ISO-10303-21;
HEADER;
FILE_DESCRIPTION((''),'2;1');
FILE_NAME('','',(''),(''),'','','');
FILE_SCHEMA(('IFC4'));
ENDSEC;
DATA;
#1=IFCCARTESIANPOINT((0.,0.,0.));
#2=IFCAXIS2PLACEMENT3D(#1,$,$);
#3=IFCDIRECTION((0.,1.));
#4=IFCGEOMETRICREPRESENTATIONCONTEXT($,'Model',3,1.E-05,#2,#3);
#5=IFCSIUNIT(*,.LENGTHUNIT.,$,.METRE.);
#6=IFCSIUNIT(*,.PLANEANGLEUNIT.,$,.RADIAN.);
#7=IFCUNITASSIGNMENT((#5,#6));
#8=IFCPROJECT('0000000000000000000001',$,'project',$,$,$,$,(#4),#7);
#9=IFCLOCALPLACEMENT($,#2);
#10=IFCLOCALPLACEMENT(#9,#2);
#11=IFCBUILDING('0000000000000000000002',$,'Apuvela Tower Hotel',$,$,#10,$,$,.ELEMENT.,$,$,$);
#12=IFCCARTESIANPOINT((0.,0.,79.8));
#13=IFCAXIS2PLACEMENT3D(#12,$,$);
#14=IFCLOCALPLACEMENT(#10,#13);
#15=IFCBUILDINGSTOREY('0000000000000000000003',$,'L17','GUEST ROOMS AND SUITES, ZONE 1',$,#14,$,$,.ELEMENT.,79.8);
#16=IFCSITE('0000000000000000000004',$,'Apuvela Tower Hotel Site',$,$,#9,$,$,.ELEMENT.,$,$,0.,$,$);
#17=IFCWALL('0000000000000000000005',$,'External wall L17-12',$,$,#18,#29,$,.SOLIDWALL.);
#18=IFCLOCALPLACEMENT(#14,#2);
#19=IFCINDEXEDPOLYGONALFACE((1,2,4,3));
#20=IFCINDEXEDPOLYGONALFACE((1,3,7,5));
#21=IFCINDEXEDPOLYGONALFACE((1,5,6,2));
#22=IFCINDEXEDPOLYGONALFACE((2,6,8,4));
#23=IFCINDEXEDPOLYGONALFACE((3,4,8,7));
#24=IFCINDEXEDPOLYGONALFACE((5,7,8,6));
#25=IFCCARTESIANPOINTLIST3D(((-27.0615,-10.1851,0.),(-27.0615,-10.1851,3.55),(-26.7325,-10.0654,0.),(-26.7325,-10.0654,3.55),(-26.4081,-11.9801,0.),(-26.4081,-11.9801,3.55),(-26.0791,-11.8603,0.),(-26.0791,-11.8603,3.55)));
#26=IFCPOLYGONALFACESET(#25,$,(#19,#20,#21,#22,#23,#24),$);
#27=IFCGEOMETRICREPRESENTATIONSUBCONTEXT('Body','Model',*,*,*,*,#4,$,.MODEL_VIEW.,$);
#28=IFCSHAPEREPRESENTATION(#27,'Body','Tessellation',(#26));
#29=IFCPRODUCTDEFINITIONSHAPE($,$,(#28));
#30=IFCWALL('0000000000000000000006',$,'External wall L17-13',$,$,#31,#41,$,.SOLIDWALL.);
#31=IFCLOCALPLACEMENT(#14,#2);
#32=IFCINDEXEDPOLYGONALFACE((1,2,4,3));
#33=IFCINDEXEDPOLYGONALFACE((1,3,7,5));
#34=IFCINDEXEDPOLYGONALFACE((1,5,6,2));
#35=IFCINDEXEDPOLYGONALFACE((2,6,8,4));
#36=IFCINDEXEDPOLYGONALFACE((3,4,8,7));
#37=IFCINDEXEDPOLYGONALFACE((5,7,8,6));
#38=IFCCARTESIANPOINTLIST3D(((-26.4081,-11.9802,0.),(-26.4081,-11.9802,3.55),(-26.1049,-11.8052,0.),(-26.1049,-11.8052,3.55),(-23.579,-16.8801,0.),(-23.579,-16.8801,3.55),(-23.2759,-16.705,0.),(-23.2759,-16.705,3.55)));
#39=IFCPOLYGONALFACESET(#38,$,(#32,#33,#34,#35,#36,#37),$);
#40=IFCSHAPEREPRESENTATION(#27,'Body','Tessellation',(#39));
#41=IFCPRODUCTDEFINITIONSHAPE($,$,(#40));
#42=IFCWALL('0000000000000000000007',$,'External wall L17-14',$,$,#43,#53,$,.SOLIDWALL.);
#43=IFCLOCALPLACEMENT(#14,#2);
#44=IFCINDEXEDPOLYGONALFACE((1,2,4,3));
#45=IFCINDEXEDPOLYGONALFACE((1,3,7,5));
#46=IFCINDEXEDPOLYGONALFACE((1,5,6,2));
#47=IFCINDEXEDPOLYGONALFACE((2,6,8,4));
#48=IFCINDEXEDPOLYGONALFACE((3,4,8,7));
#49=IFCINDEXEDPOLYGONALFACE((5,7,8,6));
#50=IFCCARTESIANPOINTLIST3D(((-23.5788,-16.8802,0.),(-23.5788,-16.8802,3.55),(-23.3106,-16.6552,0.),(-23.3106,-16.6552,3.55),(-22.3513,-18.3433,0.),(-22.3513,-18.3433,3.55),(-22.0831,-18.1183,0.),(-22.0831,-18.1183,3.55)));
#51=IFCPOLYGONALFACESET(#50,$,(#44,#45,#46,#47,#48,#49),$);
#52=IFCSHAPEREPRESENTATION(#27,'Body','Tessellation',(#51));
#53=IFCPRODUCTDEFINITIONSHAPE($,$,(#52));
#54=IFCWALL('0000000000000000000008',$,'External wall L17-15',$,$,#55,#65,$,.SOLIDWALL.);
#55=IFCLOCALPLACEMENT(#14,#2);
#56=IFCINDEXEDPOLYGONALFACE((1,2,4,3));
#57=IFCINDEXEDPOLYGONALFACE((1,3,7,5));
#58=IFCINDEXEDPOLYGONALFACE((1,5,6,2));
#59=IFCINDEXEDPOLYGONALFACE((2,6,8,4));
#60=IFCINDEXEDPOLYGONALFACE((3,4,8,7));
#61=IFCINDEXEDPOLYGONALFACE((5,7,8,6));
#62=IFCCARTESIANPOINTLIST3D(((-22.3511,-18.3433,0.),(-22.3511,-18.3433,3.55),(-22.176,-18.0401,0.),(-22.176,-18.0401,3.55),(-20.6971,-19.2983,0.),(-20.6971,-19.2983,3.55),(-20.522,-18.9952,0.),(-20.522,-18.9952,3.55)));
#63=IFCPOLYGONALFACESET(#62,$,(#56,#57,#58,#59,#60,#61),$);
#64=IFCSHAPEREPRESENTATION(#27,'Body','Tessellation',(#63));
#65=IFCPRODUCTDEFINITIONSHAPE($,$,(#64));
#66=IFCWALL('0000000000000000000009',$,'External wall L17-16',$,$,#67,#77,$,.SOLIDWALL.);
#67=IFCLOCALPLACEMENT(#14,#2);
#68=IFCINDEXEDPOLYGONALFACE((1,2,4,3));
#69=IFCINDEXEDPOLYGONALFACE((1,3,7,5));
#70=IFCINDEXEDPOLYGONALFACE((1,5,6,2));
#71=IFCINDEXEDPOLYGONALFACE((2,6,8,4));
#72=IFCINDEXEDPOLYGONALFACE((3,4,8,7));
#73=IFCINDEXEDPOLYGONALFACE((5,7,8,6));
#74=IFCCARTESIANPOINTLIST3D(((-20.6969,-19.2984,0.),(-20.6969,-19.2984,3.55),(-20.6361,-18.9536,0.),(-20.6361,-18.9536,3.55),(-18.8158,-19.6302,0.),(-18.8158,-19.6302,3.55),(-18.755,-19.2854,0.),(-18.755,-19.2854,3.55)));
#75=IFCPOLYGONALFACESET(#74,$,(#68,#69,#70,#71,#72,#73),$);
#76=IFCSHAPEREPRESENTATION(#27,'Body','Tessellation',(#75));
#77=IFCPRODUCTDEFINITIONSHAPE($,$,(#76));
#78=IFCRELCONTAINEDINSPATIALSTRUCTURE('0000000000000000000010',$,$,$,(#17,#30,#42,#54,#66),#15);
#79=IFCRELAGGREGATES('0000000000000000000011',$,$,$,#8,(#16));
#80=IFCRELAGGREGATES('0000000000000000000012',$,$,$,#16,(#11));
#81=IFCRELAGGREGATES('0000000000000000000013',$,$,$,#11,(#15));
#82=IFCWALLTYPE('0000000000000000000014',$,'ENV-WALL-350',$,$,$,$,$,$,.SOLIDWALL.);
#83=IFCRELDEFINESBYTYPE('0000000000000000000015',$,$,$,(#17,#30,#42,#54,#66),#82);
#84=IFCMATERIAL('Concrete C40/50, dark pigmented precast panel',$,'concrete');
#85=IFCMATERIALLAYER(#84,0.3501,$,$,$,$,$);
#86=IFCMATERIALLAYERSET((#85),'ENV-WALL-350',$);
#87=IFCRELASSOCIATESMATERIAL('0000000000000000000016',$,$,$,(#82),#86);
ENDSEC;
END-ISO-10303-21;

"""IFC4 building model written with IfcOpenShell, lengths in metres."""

from ifc_helpers import new_model, si_unit, direction, frame, frame_2d, origin, place, context, subcontext, project, spatial, rectangle, extrude, material, layer, layer_set, type_object, element, save


model = new_model("IFC4")

# Units and contexts
model_context = context("Model", 3, precision=1e-05, world=origin(), true_north=direction((0.0, 1.0)))
body_context = subcontext(model_context, "Body", "Model", "MODEL_VIEW")
ifc_project = project(units=[si_unit("LENGTHUNIT", "METRE"), si_unit("PLANEANGLEUNIT", "RADIAN")], contexts=[model_context])

# Site, building, storey
site_placement = place(None, origin())
site = spatial("IfcSite", under=ifc_project, at=site_placement, Name="Apuvela Tower Hotel Site", CompositionType="ELEMENT", RefElevation=0.0)
building_placement = place(site_placement, origin())
building = spatial("IfcBuilding", under=site, at=building_placement, Name="Apuvela Tower Hotel", CompositionType="ELEMENT")
storey_placement = place(building_placement, frame((0.0, 0.0, 79.8)))
storey = spatial("IfcBuildingStorey", under=building, at=storey_placement, Name="L17", Description="GUEST ROOMS AND SUITES, ZONE 1", CompositionType="ELEMENT", Elevation=79.8)

# Walls
ifc_material_1 = material(Name="Concrete C40/50, dark pigmented precast panel", Category="concrete")
ifc_layer_1 = layer(ifc_material_1, 0.3501)
ifc_layer_set_1 = layer_set([ifc_layer_1], Name="ENV-WALL-350")
wall_type_1 = type_object("IfcWallType", Name="ENV-WALL-350", PredefinedType="SOLIDWALL", material=ifc_layer_set_1)
wall_1_placement = place(storey_placement, frame((-26.897, -10.1252, 0.0), z_axis=(0.0, 0.0, 1.0), x_axis=(0.34203, -0.939689, 0.0)))
element("IfcWall", 1, at=wall_1_placement, inside=storey, type_object=wall_type_1, Name="External wall L17-12", PredefinedType="SOLIDWALL", context=body_context, shape_type="SweptSolid", body=[
    extrude(rectangle(XDim=1.9102, YDim=0.3501, at=frame_2d((0.9551, 0.0))), origin(), (0.0, 0.0, 1.0), 3.55),
])
wall_2_placement = place(storey_placement, frame((-26.2566, -11.8926, 0.0), z_axis=(0.0, 0.0, 1.0), x_axis=(0.500019, -0.866015, 0.0)))
element("IfcWall", 2, at=wall_2_placement, inside=storey, type_object=wall_type_1, Name="External wall L17-13", PredefinedType="SOLIDWALL", context=body_context, shape_type="SweptSolid", body=[
    extrude(rectangle(XDim=5.658, YDim=0.3501, at=frame_2d((2.8291, 0.0))), origin(), (0.0, 0.0, 1.0), 3.55),
])
for number, where, z_axis, x_axis, name in (
    (3, (-23.4448, -16.7676, 0.0), (0.0, 0.0, 1.0), (0.642733, -0.76609, 0.0), "External wall L17-14"),
    (4, (-22.2637, -18.1917, 0.0), (0.0, 0.0, 1.0), (0.866, -0.500043, 0.0), "External wall L17-15"),
):
    element("IfcWall", number, at=place(storey_placement, frame(where, z_axis=z_axis, x_axis=x_axis)), inside=storey, type_object=wall_type_1, Name=name, PredefinedType="SOLIDWALL", context=body_context, shape_type="SweptSolid", body=[
        extrude(rectangle(XDim=1.9099, YDim=0.3501, at=frame_2d((0.9551, 0.0))), origin(), (0.0, 0.0, 1.0), 3.55),
    ])
wall_3_placement = place(storey_placement, frame((-20.6665, -19.126, 0.0), z_axis=(0.0, 0.0, 1.0), x_axis=(0.984799, -0.173698, 0.0)))
element("IfcWall", 5, at=wall_3_placement, inside=storey, type_object=wall_type_1, Name="External wall L17-16", PredefinedType="SOLIDWALL", context=body_context, shape_type="SweptSolid", body=[
    extrude(rectangle(XDim=1.9102, YDim=0.3501, at=frame_2d((0.9551, 0.0))), origin(), (0.0, 0.0, 1.0), 3.55),
])

save(model, "model.ifc")
